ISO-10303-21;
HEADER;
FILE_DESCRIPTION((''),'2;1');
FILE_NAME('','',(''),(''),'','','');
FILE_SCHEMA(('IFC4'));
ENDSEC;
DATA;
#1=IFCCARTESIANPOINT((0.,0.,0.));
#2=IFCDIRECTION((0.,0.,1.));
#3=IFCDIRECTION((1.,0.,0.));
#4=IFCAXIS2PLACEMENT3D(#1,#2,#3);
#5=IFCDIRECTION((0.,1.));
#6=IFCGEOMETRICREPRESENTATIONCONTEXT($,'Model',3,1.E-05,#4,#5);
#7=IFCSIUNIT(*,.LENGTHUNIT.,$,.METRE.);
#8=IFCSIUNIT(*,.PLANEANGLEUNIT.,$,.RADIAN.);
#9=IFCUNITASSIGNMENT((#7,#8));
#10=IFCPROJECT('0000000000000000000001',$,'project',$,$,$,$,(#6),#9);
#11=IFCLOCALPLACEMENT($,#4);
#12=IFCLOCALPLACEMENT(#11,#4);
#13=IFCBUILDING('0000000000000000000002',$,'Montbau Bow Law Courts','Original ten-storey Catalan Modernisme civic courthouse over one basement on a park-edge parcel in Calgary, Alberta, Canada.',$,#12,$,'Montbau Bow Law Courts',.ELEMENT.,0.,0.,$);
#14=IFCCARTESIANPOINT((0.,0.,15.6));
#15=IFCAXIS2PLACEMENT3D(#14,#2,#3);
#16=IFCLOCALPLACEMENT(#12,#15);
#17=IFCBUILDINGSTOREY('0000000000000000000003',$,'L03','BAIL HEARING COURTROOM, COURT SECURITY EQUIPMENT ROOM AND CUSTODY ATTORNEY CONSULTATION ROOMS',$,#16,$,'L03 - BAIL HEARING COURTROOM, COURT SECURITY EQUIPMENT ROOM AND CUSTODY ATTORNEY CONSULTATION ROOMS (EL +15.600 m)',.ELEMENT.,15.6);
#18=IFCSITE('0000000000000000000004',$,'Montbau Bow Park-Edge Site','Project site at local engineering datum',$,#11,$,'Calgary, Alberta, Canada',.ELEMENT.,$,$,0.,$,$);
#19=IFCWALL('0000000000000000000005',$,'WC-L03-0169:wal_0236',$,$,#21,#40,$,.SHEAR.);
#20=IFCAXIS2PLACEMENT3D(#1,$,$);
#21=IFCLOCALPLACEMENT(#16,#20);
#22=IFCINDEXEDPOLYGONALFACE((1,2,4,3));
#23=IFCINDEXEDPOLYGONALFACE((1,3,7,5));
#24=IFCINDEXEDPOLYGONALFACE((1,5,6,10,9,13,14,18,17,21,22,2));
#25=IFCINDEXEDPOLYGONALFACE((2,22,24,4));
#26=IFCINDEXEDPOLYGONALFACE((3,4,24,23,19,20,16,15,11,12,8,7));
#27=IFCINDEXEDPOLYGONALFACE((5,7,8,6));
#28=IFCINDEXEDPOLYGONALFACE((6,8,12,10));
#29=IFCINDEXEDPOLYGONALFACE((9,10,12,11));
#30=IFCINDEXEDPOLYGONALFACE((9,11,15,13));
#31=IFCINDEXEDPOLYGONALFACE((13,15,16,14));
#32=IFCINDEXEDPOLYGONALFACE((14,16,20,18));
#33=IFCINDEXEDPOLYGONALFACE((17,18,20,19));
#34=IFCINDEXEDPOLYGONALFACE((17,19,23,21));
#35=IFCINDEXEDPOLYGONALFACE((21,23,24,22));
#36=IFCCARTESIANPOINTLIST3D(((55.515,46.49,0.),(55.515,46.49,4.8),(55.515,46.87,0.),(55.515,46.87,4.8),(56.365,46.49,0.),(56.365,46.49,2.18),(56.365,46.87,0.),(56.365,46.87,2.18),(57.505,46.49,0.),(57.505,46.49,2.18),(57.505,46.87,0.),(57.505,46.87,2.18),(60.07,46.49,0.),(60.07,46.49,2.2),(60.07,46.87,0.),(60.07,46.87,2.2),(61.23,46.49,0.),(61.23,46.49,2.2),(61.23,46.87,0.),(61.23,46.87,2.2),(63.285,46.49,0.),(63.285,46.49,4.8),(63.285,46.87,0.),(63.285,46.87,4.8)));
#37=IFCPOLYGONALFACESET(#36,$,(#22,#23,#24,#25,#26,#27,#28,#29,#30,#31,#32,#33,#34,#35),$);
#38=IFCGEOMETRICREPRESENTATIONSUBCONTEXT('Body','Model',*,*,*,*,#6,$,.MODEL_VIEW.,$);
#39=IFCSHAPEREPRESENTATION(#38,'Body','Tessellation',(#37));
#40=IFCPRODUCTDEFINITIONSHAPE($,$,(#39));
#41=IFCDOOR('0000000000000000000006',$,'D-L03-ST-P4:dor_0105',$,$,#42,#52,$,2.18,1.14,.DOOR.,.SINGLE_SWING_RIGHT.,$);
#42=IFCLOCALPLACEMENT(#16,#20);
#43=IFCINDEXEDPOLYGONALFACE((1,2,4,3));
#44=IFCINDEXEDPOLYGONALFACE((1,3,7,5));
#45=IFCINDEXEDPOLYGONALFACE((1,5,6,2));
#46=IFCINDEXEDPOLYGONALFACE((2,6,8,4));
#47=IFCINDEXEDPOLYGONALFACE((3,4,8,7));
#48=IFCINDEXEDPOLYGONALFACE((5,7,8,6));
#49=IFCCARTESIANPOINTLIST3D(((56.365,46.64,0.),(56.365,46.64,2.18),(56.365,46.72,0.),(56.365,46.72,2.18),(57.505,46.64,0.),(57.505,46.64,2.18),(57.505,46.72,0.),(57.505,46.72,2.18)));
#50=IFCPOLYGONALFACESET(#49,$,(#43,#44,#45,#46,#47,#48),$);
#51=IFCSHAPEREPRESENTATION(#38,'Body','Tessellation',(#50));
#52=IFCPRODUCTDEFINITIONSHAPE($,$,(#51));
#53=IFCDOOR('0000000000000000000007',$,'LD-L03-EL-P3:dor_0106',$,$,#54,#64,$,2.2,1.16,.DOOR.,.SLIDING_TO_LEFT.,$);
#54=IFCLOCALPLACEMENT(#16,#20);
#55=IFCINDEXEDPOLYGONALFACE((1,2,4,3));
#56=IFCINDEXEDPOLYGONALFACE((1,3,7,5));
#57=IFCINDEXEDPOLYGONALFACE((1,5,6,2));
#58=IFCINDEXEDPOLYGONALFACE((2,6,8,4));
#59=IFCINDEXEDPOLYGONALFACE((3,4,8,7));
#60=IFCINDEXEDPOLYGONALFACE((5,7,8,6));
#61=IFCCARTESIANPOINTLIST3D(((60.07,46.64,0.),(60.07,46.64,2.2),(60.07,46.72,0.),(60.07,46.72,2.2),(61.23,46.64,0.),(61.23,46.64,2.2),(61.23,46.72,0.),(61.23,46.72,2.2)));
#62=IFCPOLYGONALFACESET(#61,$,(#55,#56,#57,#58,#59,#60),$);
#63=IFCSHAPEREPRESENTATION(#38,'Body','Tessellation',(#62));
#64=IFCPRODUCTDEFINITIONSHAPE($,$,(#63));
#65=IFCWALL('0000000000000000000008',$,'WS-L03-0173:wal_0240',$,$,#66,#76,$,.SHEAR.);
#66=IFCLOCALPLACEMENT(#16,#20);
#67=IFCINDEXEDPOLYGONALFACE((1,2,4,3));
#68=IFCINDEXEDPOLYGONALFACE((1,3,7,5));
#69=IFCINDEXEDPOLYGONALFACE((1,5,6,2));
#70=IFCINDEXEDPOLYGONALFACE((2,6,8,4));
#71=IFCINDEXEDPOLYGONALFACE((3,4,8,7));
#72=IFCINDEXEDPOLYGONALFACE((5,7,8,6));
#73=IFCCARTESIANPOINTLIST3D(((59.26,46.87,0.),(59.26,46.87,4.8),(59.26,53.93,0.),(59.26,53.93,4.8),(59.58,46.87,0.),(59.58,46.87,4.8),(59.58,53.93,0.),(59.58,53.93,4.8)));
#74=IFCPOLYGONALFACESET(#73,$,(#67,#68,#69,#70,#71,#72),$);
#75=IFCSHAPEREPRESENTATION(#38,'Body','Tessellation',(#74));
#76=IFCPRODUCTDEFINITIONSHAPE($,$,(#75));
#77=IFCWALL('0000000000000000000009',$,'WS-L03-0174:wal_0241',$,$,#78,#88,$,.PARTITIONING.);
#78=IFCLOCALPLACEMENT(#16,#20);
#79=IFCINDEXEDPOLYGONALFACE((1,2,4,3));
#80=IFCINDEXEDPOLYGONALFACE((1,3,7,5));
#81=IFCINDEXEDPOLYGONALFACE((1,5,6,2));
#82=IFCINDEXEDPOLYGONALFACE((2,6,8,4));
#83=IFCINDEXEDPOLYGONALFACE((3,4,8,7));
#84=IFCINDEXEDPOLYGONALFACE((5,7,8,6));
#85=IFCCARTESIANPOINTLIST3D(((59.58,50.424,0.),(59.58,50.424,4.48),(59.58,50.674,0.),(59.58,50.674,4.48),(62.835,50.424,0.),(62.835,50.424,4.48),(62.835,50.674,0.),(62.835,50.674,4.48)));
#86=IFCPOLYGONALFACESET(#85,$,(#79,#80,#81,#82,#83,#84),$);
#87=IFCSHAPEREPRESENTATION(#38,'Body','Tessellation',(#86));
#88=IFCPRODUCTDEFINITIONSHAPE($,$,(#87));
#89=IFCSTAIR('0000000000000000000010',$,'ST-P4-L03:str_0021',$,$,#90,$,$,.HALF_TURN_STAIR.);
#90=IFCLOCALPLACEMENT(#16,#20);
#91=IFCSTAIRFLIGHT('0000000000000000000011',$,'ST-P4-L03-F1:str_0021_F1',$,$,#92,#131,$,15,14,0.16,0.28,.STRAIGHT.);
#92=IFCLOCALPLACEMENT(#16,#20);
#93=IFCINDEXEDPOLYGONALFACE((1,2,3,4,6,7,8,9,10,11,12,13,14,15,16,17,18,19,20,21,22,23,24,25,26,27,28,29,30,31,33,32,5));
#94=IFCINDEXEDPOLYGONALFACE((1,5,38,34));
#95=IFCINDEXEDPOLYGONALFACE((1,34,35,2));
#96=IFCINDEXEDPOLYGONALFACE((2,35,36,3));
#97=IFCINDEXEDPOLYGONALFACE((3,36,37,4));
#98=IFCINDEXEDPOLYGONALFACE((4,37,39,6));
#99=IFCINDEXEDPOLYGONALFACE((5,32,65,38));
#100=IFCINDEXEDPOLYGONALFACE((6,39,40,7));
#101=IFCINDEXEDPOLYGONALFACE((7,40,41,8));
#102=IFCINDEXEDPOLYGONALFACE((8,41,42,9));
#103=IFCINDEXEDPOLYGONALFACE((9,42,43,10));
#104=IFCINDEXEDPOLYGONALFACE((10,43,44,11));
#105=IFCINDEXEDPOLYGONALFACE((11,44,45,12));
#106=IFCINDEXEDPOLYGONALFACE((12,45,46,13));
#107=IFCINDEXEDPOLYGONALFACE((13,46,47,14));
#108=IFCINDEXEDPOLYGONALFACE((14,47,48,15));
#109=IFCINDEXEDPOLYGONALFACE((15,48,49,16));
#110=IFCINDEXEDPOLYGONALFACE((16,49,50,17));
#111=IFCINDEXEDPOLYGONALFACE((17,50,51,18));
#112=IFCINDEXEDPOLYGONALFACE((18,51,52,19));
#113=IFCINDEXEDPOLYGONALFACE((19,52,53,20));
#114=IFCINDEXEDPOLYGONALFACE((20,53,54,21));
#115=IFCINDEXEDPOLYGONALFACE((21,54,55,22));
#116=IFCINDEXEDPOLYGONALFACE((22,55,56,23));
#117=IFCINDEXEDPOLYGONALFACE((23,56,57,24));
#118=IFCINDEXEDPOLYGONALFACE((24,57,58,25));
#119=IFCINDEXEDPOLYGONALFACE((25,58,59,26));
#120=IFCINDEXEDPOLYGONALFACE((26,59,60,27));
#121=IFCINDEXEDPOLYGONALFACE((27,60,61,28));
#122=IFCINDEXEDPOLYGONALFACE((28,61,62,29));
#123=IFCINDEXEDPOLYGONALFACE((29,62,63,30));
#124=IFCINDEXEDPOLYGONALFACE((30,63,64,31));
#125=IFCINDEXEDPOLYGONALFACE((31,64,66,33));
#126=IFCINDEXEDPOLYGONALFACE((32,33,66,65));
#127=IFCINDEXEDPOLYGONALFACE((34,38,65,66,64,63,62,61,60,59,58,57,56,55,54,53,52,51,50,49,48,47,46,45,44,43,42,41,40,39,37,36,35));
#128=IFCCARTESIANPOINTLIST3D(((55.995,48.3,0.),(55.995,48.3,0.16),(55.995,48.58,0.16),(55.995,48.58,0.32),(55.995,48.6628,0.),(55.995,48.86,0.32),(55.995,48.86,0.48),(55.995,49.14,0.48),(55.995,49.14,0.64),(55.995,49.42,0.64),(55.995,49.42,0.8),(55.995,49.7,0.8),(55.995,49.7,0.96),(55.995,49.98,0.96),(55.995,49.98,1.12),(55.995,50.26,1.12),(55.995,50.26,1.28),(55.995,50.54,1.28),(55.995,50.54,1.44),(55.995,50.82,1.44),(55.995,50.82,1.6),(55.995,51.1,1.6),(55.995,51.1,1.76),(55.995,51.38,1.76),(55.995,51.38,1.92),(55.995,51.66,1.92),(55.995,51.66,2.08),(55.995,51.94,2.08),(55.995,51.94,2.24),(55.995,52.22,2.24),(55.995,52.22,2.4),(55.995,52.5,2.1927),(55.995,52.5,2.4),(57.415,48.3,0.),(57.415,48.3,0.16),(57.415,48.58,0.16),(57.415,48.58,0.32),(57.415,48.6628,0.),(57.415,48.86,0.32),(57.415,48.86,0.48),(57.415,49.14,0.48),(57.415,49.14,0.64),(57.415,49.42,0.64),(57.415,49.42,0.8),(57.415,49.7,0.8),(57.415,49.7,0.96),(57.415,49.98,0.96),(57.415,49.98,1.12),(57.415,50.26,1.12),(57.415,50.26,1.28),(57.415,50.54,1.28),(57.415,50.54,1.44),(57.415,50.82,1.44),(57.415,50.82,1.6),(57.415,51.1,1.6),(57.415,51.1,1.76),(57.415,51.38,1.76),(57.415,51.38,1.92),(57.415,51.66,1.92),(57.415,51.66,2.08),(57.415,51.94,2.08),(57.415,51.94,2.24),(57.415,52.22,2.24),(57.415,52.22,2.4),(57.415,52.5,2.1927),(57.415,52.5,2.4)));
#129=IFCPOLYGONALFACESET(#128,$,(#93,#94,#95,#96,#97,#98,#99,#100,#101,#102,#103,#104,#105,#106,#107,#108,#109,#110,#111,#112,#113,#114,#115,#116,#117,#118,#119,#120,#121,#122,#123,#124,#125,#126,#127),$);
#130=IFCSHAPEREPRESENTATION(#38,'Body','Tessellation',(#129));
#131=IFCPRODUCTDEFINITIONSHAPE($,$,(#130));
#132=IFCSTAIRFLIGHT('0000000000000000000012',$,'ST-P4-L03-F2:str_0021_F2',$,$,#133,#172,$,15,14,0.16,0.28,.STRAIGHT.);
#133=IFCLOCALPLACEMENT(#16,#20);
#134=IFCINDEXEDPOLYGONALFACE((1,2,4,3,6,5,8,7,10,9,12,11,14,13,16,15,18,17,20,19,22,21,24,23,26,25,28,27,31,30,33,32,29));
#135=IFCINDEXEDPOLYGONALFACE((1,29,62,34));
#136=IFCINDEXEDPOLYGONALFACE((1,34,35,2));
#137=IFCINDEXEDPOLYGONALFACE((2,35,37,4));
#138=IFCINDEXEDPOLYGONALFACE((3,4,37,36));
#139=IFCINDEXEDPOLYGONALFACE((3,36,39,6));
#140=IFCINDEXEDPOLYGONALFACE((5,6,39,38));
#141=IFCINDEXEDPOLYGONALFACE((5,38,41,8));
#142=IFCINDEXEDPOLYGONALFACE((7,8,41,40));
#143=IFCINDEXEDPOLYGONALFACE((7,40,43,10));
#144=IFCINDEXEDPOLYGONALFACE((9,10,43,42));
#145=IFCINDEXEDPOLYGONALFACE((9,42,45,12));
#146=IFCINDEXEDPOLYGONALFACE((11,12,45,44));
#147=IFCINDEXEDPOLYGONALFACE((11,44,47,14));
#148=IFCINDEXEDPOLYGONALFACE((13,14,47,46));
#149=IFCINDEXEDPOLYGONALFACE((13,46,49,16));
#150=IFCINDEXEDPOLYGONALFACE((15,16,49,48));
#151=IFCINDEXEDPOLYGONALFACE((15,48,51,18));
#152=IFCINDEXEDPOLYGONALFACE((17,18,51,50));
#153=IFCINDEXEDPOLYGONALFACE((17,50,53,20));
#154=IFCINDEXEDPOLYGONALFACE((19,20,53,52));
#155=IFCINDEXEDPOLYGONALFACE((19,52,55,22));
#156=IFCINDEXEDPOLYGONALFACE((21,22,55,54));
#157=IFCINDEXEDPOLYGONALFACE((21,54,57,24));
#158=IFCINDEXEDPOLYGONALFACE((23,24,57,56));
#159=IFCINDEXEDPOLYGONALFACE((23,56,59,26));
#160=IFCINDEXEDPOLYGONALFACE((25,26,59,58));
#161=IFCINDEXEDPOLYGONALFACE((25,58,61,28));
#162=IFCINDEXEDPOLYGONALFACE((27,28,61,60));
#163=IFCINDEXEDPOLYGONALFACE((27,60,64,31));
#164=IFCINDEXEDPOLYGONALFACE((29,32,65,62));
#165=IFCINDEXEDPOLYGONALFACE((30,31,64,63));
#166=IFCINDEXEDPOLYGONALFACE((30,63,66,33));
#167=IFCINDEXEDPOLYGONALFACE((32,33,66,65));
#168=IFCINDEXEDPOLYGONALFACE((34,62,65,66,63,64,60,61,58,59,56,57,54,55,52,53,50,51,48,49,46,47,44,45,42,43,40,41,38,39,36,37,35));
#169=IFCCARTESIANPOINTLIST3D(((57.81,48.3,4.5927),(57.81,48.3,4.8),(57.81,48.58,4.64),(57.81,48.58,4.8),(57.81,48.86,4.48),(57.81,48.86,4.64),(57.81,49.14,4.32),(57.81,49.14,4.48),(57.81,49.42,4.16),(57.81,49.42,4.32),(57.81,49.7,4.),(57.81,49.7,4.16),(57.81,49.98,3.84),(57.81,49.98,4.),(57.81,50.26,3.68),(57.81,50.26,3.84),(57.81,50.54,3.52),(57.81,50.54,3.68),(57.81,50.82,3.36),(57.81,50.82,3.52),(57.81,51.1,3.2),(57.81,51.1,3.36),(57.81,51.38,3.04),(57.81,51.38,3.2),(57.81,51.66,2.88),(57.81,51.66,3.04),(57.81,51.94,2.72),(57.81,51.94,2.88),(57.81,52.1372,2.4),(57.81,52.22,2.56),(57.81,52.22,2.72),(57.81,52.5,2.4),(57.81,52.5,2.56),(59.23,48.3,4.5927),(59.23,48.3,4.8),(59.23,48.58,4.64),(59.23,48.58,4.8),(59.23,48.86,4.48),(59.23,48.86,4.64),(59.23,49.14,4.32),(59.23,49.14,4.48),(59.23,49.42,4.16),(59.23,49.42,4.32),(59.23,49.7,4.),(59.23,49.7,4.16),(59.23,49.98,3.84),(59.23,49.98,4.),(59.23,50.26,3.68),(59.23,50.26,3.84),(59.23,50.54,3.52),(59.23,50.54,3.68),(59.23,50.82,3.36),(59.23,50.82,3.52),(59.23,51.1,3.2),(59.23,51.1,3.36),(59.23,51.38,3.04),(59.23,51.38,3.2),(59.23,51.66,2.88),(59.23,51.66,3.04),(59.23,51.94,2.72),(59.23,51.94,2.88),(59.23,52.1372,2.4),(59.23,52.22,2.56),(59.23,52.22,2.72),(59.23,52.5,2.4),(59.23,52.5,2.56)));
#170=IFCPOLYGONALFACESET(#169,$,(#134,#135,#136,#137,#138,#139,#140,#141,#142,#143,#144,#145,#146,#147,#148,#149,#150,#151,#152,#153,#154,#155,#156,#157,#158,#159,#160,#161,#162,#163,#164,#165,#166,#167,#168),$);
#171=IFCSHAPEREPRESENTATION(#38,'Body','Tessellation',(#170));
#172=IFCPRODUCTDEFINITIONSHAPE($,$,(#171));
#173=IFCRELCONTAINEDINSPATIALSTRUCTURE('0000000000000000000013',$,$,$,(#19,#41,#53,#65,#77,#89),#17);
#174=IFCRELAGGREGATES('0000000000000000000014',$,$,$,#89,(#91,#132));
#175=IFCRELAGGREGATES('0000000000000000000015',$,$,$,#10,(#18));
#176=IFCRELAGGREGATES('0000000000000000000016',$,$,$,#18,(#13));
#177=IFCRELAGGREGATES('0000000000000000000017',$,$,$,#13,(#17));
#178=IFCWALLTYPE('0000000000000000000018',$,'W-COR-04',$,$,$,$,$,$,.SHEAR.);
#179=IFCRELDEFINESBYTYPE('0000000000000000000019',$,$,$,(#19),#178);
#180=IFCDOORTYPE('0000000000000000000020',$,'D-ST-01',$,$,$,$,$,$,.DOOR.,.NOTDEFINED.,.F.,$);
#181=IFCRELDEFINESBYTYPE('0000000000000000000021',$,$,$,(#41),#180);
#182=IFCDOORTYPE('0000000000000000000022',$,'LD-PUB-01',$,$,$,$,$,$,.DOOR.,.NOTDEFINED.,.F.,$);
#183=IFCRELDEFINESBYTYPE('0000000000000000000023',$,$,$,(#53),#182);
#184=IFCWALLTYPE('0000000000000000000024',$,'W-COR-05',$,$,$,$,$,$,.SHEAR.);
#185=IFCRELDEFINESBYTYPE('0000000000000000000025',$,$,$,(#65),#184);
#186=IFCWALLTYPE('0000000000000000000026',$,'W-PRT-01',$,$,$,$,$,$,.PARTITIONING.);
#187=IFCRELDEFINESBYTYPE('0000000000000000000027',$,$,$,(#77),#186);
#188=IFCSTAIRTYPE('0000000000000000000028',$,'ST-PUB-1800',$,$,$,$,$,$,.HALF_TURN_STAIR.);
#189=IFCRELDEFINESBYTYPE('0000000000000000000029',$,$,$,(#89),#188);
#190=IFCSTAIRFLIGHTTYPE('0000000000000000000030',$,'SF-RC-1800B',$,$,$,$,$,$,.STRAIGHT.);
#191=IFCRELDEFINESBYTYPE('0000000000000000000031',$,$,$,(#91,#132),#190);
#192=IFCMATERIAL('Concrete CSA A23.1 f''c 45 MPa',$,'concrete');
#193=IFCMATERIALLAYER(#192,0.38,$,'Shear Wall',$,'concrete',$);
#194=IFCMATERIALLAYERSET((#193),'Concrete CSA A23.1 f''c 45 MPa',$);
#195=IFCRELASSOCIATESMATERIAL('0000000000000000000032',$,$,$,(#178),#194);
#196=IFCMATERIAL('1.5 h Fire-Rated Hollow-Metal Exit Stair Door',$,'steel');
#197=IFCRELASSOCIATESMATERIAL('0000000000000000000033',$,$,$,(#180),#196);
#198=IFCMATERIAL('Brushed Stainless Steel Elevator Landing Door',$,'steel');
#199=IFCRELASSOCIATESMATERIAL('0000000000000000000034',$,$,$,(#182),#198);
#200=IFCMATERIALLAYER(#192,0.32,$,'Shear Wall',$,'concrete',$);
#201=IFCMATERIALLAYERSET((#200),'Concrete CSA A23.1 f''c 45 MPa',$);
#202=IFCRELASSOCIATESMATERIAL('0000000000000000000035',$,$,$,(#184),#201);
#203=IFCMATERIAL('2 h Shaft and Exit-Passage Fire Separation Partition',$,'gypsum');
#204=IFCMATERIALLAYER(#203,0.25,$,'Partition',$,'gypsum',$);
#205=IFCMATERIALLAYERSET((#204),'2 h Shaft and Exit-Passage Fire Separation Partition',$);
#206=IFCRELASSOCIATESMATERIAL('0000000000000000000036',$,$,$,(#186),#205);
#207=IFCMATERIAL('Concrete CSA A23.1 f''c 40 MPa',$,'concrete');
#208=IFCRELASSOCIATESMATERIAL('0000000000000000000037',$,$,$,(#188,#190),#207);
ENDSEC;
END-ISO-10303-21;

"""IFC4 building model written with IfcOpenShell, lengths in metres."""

from ifc_helpers import new_model, si_unit, direction, frame, frame_2d, origin_with_axes, place, context, subcontext, project, spatial, polyline, rectangle, outline, extrude, material, layer, layer_set, type_object, element, fill, aggregate, save


model = new_model("IFC4")

# Units and contexts
model_context = context("Model", 3, precision=1e-05, world=origin_with_axes(), true_north=direction((0.0, 1.0)))
body_context = subcontext(model_context, "Body", "Model", "MODEL_VIEW")
ifc_project = project(units=[si_unit("LENGTHUNIT", "METRE"), si_unit("PLANEANGLEUNIT", "RADIAN")], contexts=[model_context])

# Site, building, storey
site_placement = place(None, origin_with_axes())
site = spatial("IfcSite", under=ifc_project, at=site_placement, Name="Montbau Bow Park-Edge Site", Description="Project site at local engineering datum", LongName="Calgary, Alberta, Canada", CompositionType="ELEMENT", RefElevation=0.0)
building_placement = place(site_placement, origin_with_axes())
building = spatial("IfcBuilding", under=site, at=building_placement, Name="Montbau Bow Law Courts", Description="Original ten-storey Catalan Modernisme civic courthouse over one basement on a park-edge parcel in Calgary, Alberta, Canada.", LongName="Montbau Bow Law Courts", CompositionType="ELEMENT", ElevationOfRefHeight=0.0, ElevationOfTerrain=0.0)
storey_placement = place(building_placement, frame((0.0, 0.0, 15.6), z_axis=(0.0, 0.0, 1.0), x_axis=(1.0, 0.0, 0.0)))
storey = spatial("IfcBuildingStorey", under=building, at=storey_placement, Name="L03", Description="BAIL HEARING COURTROOM, COURT SECURITY EQUIPMENT ROOM AND CUSTODY ATTORNEY CONSULTATION ROOMS", LongName="L03 - BAIL HEARING COURTROOM, COURT SECURITY EQUIPMENT ROOM AND CUSTODY ATTORNEY CONSULTATION ROOMS (EL +15.600 m)", CompositionType="ELEMENT", Elevation=15.6)

# Shared definitions
ifc_material_1 = material(Name="Concrete CSA A23.1 f'c 45 MPa", Category="concrete")

# Wall, openings, doors
ifc_layer_1 = layer(ifc_material_1, 0.38, Name="Shear Wall", Category="concrete")
ifc_layer_set_1 = layer_set([ifc_layer_1], Name="Concrete CSA A23.1 f'c 45 MPa")
wall_type_1 = type_object("IfcWallType", Name="W-COR-04", PredefinedType="SHEAR", material=ifc_layer_set_1)
wall_1_placement = place(None, frame((55.515, 46.68, 15.6), z_axis=(0.0, 0.0, 1.0), x_axis=(1.0, 0.0, 0.0)))
wall_1 = element("IfcWall", 1, at=wall_1_placement, inside=storey, type_object=wall_type_1, Name="WC-L03-0169:wal_0236", PredefinedType="SHEAR", context=body_context, shape_type="SweptSolid", body=[
    extrude(rectangle(XDim=7.77, YDim=0.38, at=frame_2d((3.885, 0.0), x_axis=(1.0, 0.0))), origin_with_axes(), (0.0, 0.0, 1.0), 4.8),
])
opening_1_placement = place(None, frame((56.935, 46.68, 15.6), z_axis=(0.0, 0.0, 1.0), x_axis=(1.0, 0.0, 0.0)))
opening_1 = element("IfcOpeningElement", 2, at=opening_1_placement, cuts=wall_1, PredefinedType="OPENING", context=body_context, shape_type="SweptSolid", body=[
    extrude(rectangle(XDim=1.14, YDim=2.18, at=frame_2d((0.0, 1.09), x_axis=(1.0, 0.0))), frame((0.0, 0.2, 0.0), z_axis=(0.0, -1.0, 0.0), x_axis=(1.0, 0.0, 0.0)), (0.0, 0.0, 1.0), 0.4),
])
opening_2_placement = place(None, frame((60.65, 46.68, 15.6), z_axis=(0.0, 0.0, 1.0), x_axis=(1.0, 0.0, 0.0)))
opening_2 = element("IfcOpeningElement", 3, at=opening_2_placement, cuts=wall_1, PredefinedType="OPENING", context=body_context, shape_type="SweptSolid", body=[
    extrude(rectangle(XDim=1.16, YDim=2.2, at=frame_2d((0.0, 1.1), x_axis=(1.0, 0.0))), frame((0.0, 0.2, 0.0), z_axis=(0.0, -1.0, 0.0), x_axis=(1.0, 0.0, 0.0)), (0.0, 0.0, 1.0), 0.4),
])
ifc_material_2 = material(Name="1.5 h Fire-Rated Hollow-Metal Exit Stair Door", Category="steel")
door_type_1 = type_object("IfcDoorType", Name="D-ST-01", OperationType="NOTDEFINED", ParameterTakesPrecedence=False, PredefinedType="DOOR", material=ifc_material_2)
door_1_placement = place(None, frame((56.935, 46.68, 15.6), z_axis=(0.0, 0.0, 1.0), x_axis=(-1.0, 0.0, 0.0)))
door_1 = element("IfcDoor", 4, at=door_1_placement, inside=storey, type_object=door_type_1, Name="D-L03-ST-P4:dor_0105", OperationType="SINGLE_SWING_RIGHT", OverallHeight=2.18, OverallWidth=1.14, PredefinedType="DOOR", context=body_context, shape_type="SweptSolid", body=[
    extrude(rectangle(XDim=1.14, YDim=2.18, at=frame_2d((0.0, 1.09), x_axis=(1.0, 0.0))), frame((0.0, 0.04, 0.0), z_axis=(0.0, -1.0, 0.0), x_axis=(1.0, 0.0, 0.0)), (0.0, 0.0, 1.0), 0.08),
])
fill(opening_1, door_1)
ifc_material_3 = material(Name="Brushed Stainless Steel Elevator Landing Door", Category="steel")
door_type_2 = type_object("IfcDoorType", Name="LD-PUB-01", OperationType="NOTDEFINED", ParameterTakesPrecedence=False, PredefinedType="DOOR", material=ifc_material_3)
door_2_placement = place(None, frame((60.65, 46.68, 15.6), z_axis=(0.0, 0.0, 1.0), x_axis=(-1.0, 0.0, 0.0)))
door_2 = element("IfcDoor", 5, at=door_2_placement, inside=storey, type_object=door_type_2, Name="LD-L03-EL-P3:dor_0106", OperationType="SLIDING_TO_LEFT", OverallHeight=2.2, OverallWidth=1.16, PredefinedType="DOOR", context=body_context, shape_type="SweptSolid", body=[
    extrude(rectangle(XDim=1.16, YDim=2.2, at=frame_2d((0.0, 1.1), x_axis=(1.0, 0.0))), frame((0.0, 0.04, 0.0), z_axis=(0.0, -1.0, 0.0), x_axis=(1.0, 0.0, 0.0)), (0.0, 0.0, 1.0), 0.08),
])
fill(opening_2, door_2)

# Walls
ifc_layer_2 = layer(ifc_material_1, 0.32, Name="Shear Wall", Category="concrete")
ifc_layer_set_2 = layer_set([ifc_layer_2], Name="Concrete CSA A23.1 f'c 45 MPa")
wall_type_2 = type_object("IfcWallType", Name="W-COR-05", PredefinedType="SHEAR", material=ifc_layer_set_2)
wall_2_placement = place(None, frame((59.42, 46.87, 15.6), z_axis=(0.0, 0.0, 1.0), x_axis=(0.0, 1.0, 0.0)))
element("IfcWall", 6, at=wall_2_placement, inside=storey, type_object=wall_type_2, Name="WS-L03-0173:wal_0240", PredefinedType="SHEAR", context=body_context, shape_type="SweptSolid", body=[
    extrude(rectangle(XDim=7.06, YDim=0.32, at=frame_2d((3.53, 0.0), x_axis=(1.0, 0.0))), origin_with_axes(), (0.0, 0.0, 1.0), 4.8),
])
ifc_material_4 = material(Name="2 h Shaft and Exit-Passage Fire Separation Partition", Category="gypsum")
ifc_layer_3 = layer(ifc_material_4, 0.25, Name="Partition", Category="gypsum")
ifc_layer_set_3 = layer_set([ifc_layer_3], Name="2 h Shaft and Exit-Passage Fire Separation Partition")
wall_type_3 = type_object("IfcWallType", Name="W-PRT-01", PredefinedType="PARTITIONING", material=ifc_layer_set_3)
wall_3_placement = place(None, frame((59.58, 50.549, 15.6), z_axis=(0.0, 0.0, 1.0), x_axis=(1.0, 0.0, 0.0)))
element("IfcWall", 7, at=wall_3_placement, inside=storey, type_object=wall_type_3, Name="WS-L03-0174:wal_0241", PredefinedType="PARTITIONING", context=body_context, shape_type="SweptSolid", body=[
    extrude(rectangle(XDim=3.255, YDim=0.25, at=frame_2d((1.6275, 0.0), x_axis=(1.0, 0.0))), origin_with_axes(), (0.0, 0.0, 1.0), 4.48),
])

# Stair, stair flights
ifc_material_5 = material(Name="Concrete CSA A23.1 f'c 40 MPa", Category="concrete")
stair_type = type_object("IfcStairType", Name="ST-PUB-1800", PredefinedType="HALF_TURN_STAIR", material=ifc_material_5)
stair_placement = place(None, frame((56.705, 48.3, 15.6), z_axis=(0.0, 0.0, 1.0), x_axis=(1.0, 0.0, 0.0)))
stair = element("IfcStair", 8, at=stair_placement, inside=storey, type_object=stair_type, Name="ST-P4-L03:str_0021", PredefinedType="HALF_TURN_STAIR")
stair_flight_type = type_object("IfcStairFlightType", Name="SF-RC-1800B", PredefinedType="STRAIGHT", material=ifc_material_5)
stair_flight_1_placement = place(None, frame((56.705, 48.3, 15.6), z_axis=(0.0, 0.0, 1.0), x_axis=(0.0, 1.0, 0.0)))
stair_flight_1 = element("IfcStairFlight", 9, at=stair_flight_1_placement, type_object=stair_flight_type, Name="ST-P4-L03-F1:str_0021_F1", NumberOfRisers=15, NumberOfTreads=14, PredefinedType="STRAIGHT", RiserHeight=0.16, TreadLength=0.28, context=body_context, shape_type="SweptSolid", body=[
    extrude(outline(polyline([(0.0, 0.0), (0.0, 0.16), (0.28, 0.16), (0.28, 0.32), (0.56, 0.32), (0.56, 0.48), (0.84, 0.48), (0.84, 0.64), (1.12, 0.64), (1.12, 0.8), (1.4, 0.8), (1.4, 0.96), (1.68, 0.96), (1.68, 1.12), (1.96, 1.12), (1.96, 1.28), (2.24, 1.28), (2.24, 1.44), (2.52, 1.44), (2.52, 1.6), (2.8, 1.6), (2.8, 1.76), (3.08, 1.76), (3.08, 1.92), (3.36, 1.92), (3.36, 2.08), (3.64, 2.08), (3.64, 2.24), (3.92, 2.24), (3.92, 2.4), (4.2, 2.4), (4.2, 2.1927), (0.3628, 0.0), (0.0, 0.0)])), frame((0.0, 0.71, 0.0), z_axis=(0.0, -1.0, 0.0), x_axis=(1.0, 0.0, 0.0)), (0.0, 0.0, 1.0), 1.42),
])
stair_flight_2_placement = place(None, frame((58.52, 52.5, 18.0), z_axis=(0.0, 0.0, 1.0), x_axis=(0.0, -1.0, 0.0)))
stair_flight_2 = element("IfcStairFlight", 10, at=stair_flight_2_placement, type_object=stair_flight_type, Name="ST-P4-L03-F2:str_0021_F2", NumberOfRisers=15, NumberOfTreads=14, PredefinedType="STRAIGHT", RiserHeight=0.16, TreadLength=0.28, context=body_context, shape_type="SweptSolid", body=[
    extrude(outline(polyline([(0.0, 0.0), (0.0, 0.16), (0.28, 0.16), (0.28, 0.32), (0.56, 0.32), (0.56, 0.48), (0.84, 0.48), (0.84, 0.64), (1.12, 0.64), (1.12, 0.8), (1.4, 0.8), (1.4, 0.96), (1.68, 0.96), (1.68, 1.12), (1.96, 1.12), (1.96, 1.28), (2.24, 1.28), (2.24, 1.44), (2.52, 1.44), (2.52, 1.6), (2.8, 1.6), (2.8, 1.76), (3.08, 1.76), (3.08, 1.92), (3.36, 1.92), (3.36, 2.08), (3.64, 2.08), (3.64, 2.24), (3.92, 2.24), (3.92, 2.4), (4.2, 2.4), (4.2, 2.1927), (0.3628, 0.0), (0.0, 0.0)])), frame((0.0, 0.71, 0.0), z_axis=(0.0, -1.0, 0.0), x_axis=(1.0, 0.0, 0.0)), (0.0, 0.0, 1.0), 1.42),
])
aggregate(stair, [stair_flight_1, stair_flight_2])

save(model, "model.ifc")
